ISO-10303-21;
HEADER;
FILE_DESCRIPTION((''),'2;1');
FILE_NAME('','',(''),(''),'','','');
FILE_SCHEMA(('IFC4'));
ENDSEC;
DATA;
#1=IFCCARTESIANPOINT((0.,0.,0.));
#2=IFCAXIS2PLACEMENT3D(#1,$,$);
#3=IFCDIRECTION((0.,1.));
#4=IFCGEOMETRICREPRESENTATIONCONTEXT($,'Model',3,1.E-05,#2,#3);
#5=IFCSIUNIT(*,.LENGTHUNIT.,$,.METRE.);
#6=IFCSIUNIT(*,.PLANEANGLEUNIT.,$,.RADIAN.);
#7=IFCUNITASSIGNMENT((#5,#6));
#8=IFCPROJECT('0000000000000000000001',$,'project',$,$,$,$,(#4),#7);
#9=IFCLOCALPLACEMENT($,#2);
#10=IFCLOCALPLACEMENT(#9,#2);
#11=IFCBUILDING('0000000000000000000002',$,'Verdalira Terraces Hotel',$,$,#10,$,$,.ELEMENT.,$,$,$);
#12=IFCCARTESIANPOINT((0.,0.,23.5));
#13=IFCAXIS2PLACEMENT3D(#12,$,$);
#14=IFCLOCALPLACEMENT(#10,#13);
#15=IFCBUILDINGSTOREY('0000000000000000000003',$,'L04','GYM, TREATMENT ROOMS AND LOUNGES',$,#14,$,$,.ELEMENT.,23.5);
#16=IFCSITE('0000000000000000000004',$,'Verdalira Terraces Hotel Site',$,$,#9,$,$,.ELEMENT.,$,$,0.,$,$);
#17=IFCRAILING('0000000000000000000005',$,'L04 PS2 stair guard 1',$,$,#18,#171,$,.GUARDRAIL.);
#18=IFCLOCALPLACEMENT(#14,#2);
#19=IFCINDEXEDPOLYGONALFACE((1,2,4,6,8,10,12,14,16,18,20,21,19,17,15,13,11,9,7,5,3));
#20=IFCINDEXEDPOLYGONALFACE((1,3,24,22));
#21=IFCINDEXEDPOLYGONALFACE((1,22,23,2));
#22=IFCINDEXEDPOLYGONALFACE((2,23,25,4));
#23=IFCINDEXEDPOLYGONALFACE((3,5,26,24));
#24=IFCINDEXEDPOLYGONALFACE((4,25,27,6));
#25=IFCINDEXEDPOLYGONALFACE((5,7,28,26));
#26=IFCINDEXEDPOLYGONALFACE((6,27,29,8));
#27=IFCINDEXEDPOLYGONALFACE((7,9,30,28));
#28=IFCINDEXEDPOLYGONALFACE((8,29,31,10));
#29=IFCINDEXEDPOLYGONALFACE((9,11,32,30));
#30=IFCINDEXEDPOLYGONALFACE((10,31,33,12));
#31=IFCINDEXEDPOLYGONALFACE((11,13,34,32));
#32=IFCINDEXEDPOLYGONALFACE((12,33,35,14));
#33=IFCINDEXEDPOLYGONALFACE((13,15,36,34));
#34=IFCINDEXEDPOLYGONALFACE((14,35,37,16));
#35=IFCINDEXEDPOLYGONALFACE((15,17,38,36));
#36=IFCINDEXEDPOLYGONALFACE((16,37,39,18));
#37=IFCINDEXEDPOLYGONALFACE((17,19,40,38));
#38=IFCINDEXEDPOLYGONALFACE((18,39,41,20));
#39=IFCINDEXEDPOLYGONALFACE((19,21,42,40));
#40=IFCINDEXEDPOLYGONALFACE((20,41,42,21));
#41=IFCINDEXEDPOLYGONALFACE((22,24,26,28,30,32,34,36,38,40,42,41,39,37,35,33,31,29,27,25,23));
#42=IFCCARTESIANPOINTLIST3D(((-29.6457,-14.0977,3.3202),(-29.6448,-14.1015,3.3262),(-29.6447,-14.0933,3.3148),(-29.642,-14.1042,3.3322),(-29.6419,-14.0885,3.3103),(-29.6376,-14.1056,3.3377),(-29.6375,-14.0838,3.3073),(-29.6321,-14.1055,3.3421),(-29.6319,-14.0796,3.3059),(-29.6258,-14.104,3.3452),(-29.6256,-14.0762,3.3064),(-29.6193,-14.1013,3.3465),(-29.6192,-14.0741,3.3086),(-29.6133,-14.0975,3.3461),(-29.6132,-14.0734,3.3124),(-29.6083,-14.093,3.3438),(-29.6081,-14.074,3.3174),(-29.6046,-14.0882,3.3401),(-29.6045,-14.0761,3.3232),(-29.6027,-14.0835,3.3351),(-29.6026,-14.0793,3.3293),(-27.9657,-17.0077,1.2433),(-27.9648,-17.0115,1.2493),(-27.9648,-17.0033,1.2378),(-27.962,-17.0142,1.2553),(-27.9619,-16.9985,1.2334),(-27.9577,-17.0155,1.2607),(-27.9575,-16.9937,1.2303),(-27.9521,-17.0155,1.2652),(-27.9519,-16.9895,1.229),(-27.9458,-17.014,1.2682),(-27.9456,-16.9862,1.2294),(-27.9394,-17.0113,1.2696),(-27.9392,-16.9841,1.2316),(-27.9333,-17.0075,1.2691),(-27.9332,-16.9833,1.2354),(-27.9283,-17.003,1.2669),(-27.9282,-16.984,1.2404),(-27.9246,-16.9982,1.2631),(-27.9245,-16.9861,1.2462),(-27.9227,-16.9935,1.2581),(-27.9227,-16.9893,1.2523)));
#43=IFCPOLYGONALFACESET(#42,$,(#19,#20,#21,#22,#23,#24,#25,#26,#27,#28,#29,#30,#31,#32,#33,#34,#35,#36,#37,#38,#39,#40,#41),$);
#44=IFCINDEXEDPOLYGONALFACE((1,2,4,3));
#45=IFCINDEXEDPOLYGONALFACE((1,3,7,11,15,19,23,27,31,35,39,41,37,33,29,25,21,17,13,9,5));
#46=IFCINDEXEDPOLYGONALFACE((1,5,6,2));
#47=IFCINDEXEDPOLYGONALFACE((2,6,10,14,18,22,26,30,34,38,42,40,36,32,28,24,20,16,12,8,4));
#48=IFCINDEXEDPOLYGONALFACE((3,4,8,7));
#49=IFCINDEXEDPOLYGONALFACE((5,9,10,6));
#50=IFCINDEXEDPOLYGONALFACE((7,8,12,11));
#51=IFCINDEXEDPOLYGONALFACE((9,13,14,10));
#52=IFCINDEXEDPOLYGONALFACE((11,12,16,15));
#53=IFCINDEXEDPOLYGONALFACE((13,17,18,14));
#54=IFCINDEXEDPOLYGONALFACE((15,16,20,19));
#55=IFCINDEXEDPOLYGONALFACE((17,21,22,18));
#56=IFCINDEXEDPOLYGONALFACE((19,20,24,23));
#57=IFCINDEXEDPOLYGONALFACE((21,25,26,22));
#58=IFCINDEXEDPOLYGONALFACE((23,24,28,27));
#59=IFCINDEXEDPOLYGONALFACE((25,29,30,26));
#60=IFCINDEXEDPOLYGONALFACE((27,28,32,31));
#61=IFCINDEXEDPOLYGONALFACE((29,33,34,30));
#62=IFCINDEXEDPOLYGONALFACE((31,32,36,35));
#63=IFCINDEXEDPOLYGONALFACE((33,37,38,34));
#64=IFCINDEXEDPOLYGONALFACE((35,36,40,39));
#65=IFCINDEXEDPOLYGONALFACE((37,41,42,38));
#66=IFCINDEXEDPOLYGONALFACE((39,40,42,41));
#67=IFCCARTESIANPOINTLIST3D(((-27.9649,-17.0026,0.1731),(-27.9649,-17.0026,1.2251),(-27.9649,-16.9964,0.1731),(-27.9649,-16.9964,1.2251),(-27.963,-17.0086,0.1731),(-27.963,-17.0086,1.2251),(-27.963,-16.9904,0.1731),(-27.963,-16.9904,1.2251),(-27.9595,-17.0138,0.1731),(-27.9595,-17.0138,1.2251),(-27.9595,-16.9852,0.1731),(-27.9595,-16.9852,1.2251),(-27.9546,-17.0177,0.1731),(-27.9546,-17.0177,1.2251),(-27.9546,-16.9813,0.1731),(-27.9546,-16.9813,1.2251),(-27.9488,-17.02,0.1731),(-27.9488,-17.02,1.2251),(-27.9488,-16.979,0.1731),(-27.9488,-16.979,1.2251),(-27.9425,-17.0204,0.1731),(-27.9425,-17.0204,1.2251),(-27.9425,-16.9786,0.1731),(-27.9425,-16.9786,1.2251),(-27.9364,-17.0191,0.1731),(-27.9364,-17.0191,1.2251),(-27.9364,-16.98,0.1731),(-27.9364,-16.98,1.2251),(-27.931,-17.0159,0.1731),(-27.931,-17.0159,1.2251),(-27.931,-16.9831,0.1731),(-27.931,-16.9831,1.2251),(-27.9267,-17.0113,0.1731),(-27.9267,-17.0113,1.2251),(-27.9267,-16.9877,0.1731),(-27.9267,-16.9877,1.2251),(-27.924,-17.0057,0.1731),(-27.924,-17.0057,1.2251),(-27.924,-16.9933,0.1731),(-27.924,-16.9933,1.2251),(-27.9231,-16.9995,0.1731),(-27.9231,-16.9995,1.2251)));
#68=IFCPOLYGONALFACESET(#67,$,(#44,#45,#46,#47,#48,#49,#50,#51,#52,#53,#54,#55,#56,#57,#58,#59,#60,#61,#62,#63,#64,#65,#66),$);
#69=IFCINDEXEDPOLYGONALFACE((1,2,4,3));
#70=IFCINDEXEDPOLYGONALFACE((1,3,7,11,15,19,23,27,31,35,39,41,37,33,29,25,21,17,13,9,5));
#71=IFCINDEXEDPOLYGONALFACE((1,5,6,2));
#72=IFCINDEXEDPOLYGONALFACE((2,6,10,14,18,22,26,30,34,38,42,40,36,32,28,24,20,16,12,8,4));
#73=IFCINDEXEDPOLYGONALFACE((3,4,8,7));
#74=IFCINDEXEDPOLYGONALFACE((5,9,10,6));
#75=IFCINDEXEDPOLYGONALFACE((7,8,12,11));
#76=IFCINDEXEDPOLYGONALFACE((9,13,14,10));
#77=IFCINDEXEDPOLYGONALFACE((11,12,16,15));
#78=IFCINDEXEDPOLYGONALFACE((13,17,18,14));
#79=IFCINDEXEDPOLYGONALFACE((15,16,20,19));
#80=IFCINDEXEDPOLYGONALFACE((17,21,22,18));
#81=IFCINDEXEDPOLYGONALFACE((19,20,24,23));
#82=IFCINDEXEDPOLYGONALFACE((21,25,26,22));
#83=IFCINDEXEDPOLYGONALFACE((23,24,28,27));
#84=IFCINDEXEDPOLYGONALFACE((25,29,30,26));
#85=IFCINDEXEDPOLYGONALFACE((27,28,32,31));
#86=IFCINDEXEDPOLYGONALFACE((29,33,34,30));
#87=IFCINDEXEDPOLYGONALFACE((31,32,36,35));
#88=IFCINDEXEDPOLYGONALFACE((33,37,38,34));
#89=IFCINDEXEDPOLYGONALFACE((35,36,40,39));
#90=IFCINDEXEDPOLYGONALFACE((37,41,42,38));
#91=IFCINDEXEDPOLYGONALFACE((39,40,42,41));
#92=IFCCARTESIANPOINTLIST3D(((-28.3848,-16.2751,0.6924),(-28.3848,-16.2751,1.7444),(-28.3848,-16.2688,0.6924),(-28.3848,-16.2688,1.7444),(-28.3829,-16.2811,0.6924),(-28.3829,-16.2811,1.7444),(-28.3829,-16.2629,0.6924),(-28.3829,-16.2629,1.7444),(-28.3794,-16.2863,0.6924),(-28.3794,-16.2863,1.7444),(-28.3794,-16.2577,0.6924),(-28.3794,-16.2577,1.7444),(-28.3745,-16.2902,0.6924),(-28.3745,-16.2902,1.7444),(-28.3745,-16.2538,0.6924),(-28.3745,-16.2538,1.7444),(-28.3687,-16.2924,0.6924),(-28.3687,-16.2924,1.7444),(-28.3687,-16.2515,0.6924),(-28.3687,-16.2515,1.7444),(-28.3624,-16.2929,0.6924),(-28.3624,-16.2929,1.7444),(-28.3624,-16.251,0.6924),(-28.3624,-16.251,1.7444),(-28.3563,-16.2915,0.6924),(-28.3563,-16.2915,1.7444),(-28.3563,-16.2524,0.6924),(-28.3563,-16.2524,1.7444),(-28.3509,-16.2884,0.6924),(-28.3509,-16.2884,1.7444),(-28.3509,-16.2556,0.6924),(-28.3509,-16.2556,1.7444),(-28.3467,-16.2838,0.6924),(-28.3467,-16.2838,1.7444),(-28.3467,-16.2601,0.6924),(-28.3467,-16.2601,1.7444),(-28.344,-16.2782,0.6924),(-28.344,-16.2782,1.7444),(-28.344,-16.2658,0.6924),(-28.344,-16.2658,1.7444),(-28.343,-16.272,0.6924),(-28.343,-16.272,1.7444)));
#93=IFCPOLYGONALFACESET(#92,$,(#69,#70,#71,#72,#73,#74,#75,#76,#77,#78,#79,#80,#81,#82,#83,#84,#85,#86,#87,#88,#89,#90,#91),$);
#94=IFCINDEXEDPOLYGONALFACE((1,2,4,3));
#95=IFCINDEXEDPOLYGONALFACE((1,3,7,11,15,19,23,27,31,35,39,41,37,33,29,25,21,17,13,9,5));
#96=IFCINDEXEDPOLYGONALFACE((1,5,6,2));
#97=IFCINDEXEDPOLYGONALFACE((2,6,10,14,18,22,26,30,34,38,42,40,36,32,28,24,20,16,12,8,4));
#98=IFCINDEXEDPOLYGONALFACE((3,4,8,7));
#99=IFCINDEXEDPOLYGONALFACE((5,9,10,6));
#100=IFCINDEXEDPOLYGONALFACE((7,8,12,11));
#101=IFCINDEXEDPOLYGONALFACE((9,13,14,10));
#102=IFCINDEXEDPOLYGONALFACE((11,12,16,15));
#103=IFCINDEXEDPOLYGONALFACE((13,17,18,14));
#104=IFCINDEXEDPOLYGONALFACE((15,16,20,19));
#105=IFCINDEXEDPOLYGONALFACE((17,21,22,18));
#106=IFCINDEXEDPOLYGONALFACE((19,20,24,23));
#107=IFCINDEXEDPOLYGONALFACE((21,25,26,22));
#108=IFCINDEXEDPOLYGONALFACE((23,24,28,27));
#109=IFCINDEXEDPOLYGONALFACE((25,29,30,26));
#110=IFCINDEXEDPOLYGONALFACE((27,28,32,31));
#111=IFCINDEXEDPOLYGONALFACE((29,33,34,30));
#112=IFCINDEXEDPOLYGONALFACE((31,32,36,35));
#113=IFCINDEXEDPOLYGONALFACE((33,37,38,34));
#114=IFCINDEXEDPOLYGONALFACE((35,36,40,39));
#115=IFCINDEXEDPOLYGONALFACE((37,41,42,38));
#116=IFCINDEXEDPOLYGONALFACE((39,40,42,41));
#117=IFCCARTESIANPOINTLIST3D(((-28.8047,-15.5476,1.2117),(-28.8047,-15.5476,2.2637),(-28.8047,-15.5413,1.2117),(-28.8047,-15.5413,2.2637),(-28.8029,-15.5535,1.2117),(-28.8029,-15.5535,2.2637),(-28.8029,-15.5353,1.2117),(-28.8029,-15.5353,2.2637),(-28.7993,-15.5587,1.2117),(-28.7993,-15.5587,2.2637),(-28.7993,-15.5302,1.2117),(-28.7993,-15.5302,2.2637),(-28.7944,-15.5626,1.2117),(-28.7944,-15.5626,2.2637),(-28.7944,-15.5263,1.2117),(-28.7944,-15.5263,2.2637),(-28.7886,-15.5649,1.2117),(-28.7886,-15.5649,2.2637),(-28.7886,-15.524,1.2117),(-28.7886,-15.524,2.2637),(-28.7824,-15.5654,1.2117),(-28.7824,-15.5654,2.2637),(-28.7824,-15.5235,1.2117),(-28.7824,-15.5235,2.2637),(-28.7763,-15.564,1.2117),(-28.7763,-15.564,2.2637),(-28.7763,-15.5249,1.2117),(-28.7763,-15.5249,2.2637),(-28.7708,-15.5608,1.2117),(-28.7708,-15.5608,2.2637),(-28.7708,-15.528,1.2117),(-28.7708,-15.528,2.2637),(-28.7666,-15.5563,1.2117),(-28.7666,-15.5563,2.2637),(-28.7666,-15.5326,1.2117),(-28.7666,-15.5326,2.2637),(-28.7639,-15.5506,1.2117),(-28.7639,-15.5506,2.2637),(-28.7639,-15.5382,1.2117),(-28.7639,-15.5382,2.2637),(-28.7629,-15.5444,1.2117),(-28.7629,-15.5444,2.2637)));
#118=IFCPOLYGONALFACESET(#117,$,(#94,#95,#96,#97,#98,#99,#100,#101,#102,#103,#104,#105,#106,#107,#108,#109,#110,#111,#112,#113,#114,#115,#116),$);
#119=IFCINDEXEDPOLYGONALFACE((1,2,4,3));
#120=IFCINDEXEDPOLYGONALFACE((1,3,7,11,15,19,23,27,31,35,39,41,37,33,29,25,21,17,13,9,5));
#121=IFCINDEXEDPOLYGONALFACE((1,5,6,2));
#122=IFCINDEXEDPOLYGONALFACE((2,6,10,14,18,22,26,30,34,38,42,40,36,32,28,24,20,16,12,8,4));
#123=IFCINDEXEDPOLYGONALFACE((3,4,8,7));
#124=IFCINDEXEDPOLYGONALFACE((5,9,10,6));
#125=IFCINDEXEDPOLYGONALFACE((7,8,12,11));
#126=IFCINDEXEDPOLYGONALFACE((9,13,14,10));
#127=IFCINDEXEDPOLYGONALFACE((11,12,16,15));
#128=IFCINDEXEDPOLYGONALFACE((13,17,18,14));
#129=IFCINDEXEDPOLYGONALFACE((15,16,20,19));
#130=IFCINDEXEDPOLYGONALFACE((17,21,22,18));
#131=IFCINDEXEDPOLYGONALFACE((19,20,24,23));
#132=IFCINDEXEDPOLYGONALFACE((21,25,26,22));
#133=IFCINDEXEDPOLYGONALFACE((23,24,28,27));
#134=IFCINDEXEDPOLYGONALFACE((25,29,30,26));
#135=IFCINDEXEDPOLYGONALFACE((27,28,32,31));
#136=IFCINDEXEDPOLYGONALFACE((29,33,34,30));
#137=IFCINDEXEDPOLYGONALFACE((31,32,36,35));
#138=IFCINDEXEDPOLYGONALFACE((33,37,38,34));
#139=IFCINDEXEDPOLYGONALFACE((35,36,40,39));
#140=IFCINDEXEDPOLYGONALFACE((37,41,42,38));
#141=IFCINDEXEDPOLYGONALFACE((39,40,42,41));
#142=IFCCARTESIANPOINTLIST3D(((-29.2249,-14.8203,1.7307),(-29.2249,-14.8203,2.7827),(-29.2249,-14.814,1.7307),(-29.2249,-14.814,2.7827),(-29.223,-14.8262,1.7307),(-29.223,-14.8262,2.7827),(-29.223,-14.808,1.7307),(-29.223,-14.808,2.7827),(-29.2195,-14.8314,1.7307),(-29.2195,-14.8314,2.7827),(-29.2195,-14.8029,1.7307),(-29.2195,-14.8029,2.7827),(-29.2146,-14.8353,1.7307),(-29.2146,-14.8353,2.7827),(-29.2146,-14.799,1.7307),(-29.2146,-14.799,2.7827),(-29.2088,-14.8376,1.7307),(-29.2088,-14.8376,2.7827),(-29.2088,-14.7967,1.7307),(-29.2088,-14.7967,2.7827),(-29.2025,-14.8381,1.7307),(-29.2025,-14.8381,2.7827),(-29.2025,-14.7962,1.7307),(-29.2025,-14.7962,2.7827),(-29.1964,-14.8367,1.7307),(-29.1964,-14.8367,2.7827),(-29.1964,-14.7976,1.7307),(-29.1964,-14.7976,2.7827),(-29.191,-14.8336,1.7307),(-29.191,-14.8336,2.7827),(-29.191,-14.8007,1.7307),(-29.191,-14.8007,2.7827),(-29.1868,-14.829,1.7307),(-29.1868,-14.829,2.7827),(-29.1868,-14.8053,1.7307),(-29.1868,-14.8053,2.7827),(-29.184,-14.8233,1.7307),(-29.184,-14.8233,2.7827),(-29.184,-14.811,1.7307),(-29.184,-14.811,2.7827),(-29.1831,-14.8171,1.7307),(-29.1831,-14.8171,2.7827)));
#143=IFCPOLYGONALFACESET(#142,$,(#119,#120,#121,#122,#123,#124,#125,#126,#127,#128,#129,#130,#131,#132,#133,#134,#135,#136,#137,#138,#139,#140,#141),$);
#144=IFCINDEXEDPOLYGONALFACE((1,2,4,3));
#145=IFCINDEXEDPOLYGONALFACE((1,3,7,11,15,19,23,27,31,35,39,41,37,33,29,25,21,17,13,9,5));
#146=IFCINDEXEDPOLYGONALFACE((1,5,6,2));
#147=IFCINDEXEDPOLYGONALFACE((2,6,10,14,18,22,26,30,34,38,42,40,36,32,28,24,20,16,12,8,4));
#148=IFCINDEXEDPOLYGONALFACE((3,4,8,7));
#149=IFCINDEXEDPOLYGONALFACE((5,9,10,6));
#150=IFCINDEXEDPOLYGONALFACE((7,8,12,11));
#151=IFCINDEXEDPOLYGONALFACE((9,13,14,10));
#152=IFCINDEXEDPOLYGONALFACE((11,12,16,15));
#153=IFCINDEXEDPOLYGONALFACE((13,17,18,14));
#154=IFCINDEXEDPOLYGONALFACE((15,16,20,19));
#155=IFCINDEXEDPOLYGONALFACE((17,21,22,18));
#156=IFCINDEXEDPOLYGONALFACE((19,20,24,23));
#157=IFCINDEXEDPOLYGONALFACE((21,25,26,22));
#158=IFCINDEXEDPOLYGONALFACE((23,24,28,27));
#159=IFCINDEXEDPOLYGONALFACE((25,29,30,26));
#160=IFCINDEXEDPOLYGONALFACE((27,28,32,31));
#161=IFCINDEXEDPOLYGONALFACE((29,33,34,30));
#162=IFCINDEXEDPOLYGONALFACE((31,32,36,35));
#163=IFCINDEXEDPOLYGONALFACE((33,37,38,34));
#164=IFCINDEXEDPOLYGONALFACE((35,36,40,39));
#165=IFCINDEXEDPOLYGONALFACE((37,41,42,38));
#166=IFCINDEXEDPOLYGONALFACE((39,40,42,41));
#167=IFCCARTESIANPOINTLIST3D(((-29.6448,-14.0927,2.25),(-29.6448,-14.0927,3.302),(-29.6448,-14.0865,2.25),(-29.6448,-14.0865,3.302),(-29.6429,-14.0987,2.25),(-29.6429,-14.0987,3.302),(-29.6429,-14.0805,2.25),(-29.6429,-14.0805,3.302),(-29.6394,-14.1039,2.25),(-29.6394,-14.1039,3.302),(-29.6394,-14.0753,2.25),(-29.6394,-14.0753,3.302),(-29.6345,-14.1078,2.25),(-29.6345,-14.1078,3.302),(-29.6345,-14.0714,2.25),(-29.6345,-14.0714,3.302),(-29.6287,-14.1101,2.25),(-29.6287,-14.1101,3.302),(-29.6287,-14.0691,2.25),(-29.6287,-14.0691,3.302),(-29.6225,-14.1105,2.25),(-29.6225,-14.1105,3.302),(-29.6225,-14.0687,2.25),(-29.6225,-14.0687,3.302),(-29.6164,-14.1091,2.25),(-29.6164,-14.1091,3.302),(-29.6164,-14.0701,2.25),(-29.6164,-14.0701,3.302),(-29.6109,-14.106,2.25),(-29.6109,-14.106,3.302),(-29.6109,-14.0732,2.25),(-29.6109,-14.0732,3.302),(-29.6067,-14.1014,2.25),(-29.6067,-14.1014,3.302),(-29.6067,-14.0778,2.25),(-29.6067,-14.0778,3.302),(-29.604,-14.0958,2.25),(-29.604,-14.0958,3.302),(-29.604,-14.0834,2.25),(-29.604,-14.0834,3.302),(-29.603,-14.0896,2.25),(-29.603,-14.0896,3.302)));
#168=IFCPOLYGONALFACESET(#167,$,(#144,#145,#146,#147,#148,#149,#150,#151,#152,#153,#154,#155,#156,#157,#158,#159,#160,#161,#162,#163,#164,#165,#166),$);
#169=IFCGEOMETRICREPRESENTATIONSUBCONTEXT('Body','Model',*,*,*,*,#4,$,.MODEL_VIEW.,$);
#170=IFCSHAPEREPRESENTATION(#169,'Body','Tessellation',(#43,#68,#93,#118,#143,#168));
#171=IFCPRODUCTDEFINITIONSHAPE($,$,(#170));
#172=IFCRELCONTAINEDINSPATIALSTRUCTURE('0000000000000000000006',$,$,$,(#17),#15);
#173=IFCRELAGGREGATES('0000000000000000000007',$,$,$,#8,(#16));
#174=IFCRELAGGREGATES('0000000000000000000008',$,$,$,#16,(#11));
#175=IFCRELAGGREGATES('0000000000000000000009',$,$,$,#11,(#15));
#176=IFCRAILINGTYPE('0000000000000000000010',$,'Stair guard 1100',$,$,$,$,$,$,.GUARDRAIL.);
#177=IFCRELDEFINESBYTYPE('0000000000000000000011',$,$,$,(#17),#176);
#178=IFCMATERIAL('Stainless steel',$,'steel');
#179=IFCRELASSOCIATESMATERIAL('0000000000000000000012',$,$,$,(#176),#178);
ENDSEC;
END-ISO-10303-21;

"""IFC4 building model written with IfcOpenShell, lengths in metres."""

from ifc_helpers import new_model, si_unit, direction, frame, origin, origin_2d, place, context, subcontext, project, spatial, circle, extrude, material, type_object, element, save


model = new_model("IFC4")

# Units and contexts
model_context = context("Model", 3, precision=1e-05, world=origin(), true_north=direction((0.0, 1.0)))
body_context = subcontext(model_context, "Body", "Model", "MODEL_VIEW")
ifc_project = project(units=[si_unit("LENGTHUNIT", "METRE"), si_unit("PLANEANGLEUNIT", "RADIAN")], contexts=[model_context])

# Site, building, storey
site_placement = place(None, origin())
site = spatial("IfcSite", under=ifc_project, at=site_placement, Name="Verdalira Terraces Hotel Site", CompositionType="ELEMENT", RefElevation=0.0)
building_placement = place(site_placement, origin())
building = spatial("IfcBuilding", under=site, at=building_placement, Name="Verdalira Terraces Hotel", CompositionType="ELEMENT")
storey_placement = place(building_placement, frame((0.0, 0.0, 23.5)))
storey = spatial("IfcBuildingStorey", under=building, at=storey_placement, Name="L04", Description="GYM, TREATMENT ROOMS AND LOUNGES", CompositionType="ELEMENT", Elevation=23.5)

# Railing
ifc_material_1 = material(Name="Stainless steel", Category="steel")
railing_type_1 = type_object("IfcRailingType", Name="Stair guard 1100", PredefinedType="GUARDRAIL", material=ifc_material_1)
railing_1_placement = place(storey_placement, frame((-27.9441, -16.9995, 0.1731)))
element("IfcRailing", 1, at=railing_1_placement, inside=storey, type_object=railing_type_1, Name="L04 PS2 stair guard 1", PredefinedType="GUARDRAIL", context=body_context, shape_type="SweptSolid", body=[
    extrude(circle(Radius=0.0239, at=origin_2d()), frame((0.0, 0.0, 1.0762), z_axis=(-0.425288, 0.736668, 0.525785), x_axis=(-0.866039, -0.499976, 0.0)), (0.0, 0.0, 1.0), 3.9502),
    extrude(circle(Radius=0.021, at=origin_2d()), origin(), (0.0, 0.0, 1.0), 1.052),
    extrude(circle(Radius=0.021, at=origin_2d()), frame((-0.4199, 0.7275, 0.5193)), (0.0, 0.0, 1.0), 1.052),
    extrude(circle(Radius=0.021, at=origin_2d()), frame((-0.8398, 1.4551, 1.0386)), (0.0, 0.0, 1.0), 1.052),
    extrude(circle(Radius=0.021, at=origin_2d()), frame((-1.26, 2.1824, 1.5576)), (0.0, 0.0, 1.0), 1.052),
    extrude(circle(Radius=0.021, at=origin_2d()), frame((-1.6799, 2.9099, 2.0769)), (0.0, 0.0, 1.0), 1.052),
])

save(model, "model.ifc")
